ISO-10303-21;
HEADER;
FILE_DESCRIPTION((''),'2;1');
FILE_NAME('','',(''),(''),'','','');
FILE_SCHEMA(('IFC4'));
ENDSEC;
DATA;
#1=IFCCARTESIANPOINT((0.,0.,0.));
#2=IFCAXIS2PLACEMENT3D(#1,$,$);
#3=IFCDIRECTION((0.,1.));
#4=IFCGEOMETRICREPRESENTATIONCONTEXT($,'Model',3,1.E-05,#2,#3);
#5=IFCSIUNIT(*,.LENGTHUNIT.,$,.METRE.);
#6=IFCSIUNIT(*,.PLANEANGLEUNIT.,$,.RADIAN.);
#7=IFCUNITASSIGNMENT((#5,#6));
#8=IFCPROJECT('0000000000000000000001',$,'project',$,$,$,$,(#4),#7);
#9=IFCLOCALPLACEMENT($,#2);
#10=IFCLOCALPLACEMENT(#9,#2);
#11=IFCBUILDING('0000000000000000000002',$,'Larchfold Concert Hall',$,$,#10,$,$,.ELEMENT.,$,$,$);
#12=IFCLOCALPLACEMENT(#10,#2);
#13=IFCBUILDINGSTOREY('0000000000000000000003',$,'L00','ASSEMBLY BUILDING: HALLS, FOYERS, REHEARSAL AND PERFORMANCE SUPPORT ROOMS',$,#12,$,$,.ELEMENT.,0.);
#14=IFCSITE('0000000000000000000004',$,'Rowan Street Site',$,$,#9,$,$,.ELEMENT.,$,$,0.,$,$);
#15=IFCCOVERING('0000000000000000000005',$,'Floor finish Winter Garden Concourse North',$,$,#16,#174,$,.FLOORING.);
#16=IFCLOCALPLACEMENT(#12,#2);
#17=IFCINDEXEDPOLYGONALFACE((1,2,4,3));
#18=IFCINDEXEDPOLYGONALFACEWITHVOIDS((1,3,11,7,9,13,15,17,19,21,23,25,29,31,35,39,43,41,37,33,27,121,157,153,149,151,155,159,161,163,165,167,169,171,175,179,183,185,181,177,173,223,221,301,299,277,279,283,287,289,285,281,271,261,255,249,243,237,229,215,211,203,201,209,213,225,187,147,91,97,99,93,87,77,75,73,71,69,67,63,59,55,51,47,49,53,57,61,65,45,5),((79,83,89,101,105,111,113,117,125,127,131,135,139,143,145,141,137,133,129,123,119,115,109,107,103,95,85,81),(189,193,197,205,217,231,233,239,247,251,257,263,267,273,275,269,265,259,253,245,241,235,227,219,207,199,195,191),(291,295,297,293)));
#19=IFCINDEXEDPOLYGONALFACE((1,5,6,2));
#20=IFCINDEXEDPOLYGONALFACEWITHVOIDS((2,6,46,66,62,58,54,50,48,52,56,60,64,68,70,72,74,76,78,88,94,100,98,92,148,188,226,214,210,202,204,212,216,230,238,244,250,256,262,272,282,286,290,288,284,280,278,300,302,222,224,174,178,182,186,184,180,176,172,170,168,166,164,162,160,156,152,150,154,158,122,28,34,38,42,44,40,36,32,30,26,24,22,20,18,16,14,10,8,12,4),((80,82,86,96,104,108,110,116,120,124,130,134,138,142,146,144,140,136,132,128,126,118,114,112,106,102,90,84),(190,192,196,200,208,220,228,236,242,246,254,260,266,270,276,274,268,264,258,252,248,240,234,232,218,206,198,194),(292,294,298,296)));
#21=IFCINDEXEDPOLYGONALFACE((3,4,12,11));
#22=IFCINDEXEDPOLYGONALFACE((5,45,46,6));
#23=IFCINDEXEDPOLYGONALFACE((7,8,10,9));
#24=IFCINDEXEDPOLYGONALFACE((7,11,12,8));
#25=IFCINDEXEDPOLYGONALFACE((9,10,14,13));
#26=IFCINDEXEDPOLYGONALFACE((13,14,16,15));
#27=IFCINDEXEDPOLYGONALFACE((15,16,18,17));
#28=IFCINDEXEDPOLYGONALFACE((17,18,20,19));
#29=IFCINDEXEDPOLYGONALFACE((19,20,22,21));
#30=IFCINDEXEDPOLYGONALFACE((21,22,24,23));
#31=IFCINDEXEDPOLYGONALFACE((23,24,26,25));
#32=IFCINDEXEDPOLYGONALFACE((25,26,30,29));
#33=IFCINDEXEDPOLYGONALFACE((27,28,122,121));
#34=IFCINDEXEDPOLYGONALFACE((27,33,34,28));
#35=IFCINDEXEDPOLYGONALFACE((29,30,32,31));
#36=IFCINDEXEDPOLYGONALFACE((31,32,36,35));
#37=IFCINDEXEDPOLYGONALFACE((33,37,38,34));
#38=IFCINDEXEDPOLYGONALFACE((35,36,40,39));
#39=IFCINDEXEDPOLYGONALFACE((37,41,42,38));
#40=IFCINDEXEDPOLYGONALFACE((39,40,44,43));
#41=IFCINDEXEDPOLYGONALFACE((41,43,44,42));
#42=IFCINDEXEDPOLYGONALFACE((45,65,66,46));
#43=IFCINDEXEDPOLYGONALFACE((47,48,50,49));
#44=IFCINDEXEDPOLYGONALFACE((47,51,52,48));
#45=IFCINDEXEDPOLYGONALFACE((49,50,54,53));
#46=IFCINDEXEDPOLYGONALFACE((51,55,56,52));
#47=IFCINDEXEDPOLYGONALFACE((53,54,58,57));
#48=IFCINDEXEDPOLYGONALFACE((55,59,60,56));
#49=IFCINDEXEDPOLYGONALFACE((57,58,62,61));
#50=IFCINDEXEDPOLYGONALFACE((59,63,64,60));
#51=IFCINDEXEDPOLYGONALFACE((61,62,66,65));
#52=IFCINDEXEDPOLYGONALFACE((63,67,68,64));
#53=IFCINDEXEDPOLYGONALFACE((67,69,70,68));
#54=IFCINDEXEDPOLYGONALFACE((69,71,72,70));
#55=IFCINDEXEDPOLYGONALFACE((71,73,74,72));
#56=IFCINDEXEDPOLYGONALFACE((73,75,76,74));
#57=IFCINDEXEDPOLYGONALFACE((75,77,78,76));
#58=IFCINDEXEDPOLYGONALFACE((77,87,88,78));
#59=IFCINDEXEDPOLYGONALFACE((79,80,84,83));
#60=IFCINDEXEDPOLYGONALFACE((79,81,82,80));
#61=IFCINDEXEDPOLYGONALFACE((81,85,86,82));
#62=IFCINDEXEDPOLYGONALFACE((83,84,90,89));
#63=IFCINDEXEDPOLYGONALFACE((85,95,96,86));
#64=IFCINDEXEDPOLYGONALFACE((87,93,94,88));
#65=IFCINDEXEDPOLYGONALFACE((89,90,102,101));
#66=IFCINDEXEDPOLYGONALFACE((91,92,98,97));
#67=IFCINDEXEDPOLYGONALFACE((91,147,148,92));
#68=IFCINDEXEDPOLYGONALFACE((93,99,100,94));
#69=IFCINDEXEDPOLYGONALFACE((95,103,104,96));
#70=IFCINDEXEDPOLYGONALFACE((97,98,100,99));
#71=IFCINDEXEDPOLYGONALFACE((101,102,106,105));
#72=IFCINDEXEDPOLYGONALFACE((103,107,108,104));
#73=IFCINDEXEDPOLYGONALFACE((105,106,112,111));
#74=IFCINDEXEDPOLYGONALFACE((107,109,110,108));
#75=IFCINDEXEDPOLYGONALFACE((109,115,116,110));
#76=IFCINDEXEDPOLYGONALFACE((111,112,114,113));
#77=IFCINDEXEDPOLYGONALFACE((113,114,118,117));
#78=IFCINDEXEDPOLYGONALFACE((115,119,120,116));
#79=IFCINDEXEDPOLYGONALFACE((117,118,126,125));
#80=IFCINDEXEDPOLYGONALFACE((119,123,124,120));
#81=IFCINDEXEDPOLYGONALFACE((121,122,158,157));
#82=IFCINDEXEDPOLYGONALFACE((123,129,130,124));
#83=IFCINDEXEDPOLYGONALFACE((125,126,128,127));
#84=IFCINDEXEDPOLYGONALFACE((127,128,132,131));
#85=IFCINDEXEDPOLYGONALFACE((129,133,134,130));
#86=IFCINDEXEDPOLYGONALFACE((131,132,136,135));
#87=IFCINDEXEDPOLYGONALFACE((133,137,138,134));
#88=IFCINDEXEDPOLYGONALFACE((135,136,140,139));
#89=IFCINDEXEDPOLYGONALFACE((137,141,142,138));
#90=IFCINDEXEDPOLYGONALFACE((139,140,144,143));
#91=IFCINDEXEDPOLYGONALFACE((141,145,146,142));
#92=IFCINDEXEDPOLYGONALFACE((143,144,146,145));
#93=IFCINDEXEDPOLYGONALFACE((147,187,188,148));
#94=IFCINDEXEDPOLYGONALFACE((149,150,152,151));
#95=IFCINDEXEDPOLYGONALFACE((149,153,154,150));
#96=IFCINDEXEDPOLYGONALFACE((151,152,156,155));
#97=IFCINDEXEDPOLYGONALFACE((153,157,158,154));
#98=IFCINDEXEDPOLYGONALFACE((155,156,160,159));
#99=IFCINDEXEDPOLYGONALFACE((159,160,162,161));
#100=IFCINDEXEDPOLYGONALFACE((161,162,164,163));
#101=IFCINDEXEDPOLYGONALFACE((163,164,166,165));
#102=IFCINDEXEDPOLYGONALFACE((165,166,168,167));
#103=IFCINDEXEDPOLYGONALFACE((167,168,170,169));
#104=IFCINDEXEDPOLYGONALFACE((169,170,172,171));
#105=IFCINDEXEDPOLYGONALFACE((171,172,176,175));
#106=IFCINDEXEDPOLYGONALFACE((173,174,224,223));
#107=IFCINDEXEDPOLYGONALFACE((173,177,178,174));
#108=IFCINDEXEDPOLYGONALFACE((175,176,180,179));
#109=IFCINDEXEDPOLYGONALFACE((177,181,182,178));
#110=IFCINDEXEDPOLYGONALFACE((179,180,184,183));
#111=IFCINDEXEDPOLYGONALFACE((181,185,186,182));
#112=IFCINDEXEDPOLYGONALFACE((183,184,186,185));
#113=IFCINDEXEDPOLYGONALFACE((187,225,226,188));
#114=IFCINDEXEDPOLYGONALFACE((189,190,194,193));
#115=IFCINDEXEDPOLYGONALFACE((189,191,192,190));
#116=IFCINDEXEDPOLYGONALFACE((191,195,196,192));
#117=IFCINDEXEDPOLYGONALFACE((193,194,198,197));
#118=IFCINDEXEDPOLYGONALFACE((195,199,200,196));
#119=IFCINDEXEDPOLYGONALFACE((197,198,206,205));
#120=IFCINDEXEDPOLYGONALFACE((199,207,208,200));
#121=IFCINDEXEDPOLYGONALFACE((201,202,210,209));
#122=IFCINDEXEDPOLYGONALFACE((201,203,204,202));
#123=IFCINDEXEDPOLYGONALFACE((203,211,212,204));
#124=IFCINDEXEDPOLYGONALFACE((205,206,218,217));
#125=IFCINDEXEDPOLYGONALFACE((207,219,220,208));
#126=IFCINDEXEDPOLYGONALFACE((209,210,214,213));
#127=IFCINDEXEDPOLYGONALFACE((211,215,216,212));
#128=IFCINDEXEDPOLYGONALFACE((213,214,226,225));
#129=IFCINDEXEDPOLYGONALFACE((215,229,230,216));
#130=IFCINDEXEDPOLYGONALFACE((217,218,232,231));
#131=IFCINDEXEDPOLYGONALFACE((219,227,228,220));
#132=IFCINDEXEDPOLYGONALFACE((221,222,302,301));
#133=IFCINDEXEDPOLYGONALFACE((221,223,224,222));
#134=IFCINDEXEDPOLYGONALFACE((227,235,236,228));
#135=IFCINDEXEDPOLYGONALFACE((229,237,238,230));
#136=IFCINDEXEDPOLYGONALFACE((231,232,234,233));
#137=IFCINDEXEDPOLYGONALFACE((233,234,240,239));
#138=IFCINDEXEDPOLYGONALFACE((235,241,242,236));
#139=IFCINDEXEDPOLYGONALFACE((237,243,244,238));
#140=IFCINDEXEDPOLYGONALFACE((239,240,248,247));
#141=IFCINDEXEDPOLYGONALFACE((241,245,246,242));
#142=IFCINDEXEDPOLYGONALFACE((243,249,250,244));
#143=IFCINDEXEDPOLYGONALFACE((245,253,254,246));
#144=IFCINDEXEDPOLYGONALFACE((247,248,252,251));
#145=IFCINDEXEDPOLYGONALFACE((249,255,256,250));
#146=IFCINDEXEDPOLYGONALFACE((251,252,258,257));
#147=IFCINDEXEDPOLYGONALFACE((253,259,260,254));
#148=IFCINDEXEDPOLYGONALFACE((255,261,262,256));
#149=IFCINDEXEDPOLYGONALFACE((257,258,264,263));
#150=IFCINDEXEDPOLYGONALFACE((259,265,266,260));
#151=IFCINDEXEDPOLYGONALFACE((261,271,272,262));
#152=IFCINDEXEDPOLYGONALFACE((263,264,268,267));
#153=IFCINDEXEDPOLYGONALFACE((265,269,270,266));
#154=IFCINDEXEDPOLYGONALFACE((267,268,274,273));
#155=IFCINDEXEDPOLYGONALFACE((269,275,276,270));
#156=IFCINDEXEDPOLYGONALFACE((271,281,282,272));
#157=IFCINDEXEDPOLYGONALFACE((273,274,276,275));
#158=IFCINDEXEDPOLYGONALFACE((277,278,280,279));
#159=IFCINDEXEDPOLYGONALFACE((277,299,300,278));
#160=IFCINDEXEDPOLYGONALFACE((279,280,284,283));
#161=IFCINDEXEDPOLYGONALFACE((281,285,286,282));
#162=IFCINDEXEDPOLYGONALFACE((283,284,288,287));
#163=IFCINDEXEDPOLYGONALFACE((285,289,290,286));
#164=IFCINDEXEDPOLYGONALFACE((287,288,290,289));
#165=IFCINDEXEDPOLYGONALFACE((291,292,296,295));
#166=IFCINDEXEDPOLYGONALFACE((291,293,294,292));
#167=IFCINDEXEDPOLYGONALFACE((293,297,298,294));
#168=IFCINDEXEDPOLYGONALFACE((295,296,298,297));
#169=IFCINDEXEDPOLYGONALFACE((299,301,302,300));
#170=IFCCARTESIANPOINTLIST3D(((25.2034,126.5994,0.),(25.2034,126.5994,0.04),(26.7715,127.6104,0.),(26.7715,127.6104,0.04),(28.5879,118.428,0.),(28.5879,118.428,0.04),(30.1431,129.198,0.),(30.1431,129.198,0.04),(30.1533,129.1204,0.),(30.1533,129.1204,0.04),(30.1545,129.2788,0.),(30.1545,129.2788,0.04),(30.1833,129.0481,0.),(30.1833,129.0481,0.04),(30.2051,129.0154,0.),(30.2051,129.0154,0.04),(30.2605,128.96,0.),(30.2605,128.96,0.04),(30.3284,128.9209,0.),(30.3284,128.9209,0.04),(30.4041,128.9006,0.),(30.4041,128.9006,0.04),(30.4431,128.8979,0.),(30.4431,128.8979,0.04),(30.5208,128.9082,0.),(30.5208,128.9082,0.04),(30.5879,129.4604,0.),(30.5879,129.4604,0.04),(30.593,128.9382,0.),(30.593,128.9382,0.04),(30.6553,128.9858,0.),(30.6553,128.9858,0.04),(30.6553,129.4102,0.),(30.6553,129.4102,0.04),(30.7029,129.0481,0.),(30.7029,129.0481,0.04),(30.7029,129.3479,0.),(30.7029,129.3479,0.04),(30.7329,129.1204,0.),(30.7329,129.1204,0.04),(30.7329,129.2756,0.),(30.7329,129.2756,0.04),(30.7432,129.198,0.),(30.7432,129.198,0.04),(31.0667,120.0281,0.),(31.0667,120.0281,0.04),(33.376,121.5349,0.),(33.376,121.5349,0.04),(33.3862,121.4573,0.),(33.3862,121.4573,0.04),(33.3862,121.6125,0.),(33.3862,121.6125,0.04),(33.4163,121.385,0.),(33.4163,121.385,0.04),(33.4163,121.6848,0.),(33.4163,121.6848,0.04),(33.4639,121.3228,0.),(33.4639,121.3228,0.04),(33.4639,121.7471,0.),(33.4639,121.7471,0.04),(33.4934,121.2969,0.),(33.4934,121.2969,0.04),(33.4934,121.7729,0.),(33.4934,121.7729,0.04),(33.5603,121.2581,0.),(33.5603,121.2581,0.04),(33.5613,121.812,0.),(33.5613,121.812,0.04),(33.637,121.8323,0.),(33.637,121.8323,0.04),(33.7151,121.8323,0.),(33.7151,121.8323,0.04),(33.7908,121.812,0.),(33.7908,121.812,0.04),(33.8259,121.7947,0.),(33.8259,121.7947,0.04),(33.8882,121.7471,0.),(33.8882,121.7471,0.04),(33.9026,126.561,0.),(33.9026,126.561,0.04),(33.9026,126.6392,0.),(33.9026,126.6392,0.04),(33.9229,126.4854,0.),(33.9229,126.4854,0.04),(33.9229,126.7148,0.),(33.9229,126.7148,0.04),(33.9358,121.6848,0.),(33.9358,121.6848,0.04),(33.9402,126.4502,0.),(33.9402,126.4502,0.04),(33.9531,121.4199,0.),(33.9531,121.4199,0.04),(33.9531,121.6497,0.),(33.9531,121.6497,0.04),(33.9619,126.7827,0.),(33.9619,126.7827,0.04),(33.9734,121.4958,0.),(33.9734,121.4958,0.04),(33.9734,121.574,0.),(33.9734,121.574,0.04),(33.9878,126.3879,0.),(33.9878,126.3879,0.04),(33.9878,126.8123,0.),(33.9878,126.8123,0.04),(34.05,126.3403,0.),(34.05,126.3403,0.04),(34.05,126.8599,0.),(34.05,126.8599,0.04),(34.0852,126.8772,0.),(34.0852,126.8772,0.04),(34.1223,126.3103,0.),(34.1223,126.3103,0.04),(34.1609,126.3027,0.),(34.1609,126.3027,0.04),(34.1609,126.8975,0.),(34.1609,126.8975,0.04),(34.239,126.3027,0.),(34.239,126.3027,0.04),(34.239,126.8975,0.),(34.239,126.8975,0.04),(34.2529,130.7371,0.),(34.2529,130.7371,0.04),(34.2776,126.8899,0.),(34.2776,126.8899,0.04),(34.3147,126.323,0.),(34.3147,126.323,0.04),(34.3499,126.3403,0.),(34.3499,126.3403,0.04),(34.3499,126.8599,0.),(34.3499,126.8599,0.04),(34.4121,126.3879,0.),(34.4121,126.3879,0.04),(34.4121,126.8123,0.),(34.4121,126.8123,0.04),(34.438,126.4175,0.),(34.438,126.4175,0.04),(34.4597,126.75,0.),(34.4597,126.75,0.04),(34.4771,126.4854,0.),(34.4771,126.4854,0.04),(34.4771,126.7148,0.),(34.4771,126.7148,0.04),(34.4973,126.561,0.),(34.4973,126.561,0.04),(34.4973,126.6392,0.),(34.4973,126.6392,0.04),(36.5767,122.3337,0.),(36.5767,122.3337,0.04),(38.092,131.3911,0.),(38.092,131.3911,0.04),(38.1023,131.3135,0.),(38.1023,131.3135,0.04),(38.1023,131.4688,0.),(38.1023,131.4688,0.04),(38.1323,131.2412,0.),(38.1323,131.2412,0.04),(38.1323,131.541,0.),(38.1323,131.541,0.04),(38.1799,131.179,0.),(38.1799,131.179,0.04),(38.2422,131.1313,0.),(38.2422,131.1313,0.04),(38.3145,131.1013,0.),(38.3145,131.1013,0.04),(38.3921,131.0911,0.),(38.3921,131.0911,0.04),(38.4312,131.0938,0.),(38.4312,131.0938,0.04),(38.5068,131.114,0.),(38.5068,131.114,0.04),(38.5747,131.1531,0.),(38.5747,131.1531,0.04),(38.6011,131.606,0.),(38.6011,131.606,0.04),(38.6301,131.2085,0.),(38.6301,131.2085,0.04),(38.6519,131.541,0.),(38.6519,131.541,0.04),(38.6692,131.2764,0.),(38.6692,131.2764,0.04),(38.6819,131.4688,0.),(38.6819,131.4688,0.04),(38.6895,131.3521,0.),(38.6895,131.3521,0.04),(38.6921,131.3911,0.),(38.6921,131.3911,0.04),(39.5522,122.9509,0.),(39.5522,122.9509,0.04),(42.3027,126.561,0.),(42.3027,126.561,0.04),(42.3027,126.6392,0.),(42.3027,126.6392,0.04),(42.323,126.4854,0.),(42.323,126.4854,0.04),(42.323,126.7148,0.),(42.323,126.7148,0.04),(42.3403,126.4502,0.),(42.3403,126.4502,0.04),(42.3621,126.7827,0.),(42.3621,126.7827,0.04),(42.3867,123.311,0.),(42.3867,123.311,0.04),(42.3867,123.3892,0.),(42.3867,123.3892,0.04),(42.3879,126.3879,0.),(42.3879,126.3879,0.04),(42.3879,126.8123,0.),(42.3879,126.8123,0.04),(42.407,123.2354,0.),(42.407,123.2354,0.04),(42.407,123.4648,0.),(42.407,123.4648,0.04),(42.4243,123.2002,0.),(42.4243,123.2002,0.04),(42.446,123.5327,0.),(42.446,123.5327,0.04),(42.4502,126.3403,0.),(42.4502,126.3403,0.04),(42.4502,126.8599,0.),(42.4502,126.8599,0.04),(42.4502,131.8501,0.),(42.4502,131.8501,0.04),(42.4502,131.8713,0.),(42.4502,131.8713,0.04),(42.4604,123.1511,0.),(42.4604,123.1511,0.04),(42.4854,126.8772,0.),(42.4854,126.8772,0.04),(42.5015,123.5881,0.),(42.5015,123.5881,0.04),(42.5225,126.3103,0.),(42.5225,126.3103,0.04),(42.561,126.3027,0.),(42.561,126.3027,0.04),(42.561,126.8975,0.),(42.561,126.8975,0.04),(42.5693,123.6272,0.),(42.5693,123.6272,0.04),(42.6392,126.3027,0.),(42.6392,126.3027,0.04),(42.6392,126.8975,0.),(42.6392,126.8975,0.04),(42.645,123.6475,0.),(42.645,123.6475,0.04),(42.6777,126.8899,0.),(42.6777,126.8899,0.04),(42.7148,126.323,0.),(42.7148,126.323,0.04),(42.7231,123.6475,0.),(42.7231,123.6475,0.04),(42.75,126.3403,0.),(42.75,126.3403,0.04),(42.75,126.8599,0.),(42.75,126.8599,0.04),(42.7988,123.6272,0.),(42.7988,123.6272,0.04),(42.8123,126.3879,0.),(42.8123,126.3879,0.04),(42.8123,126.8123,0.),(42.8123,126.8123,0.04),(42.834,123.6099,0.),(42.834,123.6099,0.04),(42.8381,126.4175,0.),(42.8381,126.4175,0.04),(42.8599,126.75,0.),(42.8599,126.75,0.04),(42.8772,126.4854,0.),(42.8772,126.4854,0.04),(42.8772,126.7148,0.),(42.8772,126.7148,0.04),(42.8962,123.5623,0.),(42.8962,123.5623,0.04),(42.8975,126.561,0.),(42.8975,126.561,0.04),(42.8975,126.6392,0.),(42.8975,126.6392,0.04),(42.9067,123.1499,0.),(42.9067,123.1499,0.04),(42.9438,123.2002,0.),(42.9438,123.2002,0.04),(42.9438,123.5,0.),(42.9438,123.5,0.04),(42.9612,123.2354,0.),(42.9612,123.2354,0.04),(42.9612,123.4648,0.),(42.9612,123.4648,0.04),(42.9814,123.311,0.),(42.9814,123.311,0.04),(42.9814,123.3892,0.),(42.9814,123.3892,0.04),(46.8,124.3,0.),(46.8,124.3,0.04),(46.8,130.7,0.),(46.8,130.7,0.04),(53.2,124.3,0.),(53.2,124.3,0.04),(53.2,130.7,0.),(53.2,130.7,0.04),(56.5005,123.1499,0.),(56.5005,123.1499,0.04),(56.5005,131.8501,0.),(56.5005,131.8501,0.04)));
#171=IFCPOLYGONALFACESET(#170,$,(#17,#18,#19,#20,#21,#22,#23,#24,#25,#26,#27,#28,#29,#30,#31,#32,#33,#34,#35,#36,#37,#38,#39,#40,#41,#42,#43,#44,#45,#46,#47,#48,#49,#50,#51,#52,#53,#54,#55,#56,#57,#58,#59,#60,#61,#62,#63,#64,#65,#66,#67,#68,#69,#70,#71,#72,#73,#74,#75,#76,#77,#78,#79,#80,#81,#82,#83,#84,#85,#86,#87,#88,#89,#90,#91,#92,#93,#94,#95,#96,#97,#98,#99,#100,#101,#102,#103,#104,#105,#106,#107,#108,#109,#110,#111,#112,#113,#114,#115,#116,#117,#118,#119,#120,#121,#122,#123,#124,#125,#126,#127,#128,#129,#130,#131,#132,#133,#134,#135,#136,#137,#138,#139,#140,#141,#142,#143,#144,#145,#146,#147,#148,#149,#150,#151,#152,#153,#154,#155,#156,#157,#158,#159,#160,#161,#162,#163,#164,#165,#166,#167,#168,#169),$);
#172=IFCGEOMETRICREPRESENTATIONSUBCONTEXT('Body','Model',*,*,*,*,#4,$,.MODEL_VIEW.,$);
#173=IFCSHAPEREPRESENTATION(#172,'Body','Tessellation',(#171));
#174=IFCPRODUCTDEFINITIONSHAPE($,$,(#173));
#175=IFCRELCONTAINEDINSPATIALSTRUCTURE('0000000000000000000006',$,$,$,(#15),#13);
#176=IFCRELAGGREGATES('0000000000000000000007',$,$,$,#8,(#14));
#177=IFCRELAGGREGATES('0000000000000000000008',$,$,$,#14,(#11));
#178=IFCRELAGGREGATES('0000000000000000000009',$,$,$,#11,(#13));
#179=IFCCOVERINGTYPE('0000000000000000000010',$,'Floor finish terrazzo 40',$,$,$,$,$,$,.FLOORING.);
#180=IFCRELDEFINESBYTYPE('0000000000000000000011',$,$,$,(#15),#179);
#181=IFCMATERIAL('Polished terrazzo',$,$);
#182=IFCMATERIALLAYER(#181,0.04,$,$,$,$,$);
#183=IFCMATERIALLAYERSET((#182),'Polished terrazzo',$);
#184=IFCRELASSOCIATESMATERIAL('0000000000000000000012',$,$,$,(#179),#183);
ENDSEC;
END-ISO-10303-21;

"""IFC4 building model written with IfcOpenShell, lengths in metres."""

from ifc_helpers import new_model, si_unit, direction, origin, place, context, subcontext, project, spatial, polyline, outline, extrude, material, layer, layer_set, type_object, element, save


model = new_model("IFC4")

# Units and contexts
model_context = context("Model", 3, precision=1e-05, world=origin(), true_north=direction((0.0, 1.0)))
body_context = subcontext(model_context, "Body", "Model", "MODEL_VIEW")
ifc_project = project(units=[si_unit("LENGTHUNIT", "METRE"), si_unit("PLANEANGLEUNIT", "RADIAN")], contexts=[model_context])

# Site, building, storey
site_placement = place(None, origin())
site = spatial("IfcSite", under=ifc_project, at=site_placement, Name="Rowan Street Site", CompositionType="ELEMENT", RefElevation=0.0)
building_placement = place(site_placement, origin())
building = spatial("IfcBuilding", under=site, at=building_placement, Name="Larchfold Concert Hall", CompositionType="ELEMENT")
storey_placement = place(building_placement, origin())
storey = spatial("IfcBuildingStorey", under=building, at=storey_placement, Name="L00", Description="ASSEMBLY BUILDING: HALLS, FOYERS, REHEARSAL AND PERFORMANCE SUPPORT ROOMS", CompositionType="ELEMENT", Elevation=0.0)

# Covering
ifc_material_1 = material(Name="Polished terrazzo")
ifc_layer_1 = layer(ifc_material_1, 0.04)
ifc_layer_set_1 = layer_set([ifc_layer_1], Name="Polished terrazzo")
covering_type_1 = type_object("IfcCoveringType", Name="Floor finish terrazzo 40", PredefinedType="FLOORING", material=ifc_layer_set_1)
covering_1_placement = place(storey_placement, origin())
element("IfcCovering", 1, at=covering_1_placement, inside=storey, type_object=covering_type_1, Name="Floor finish Winter Garden Concourse North", PredefinedType="FLOORING", context=body_context, shape_type="SweptSolid", body=[
    extrude(outline(polyline([(38.1323, 131.541), (34.2529, 130.7371), (30.5879, 129.4604), (30.6553, 129.4102), (30.7029, 129.3479), (30.7329, 129.2756), (30.7432, 129.198), (30.7329, 129.1204), (30.7029, 129.0481), (30.6553, 128.9858), (30.593, 128.9382), (30.5208, 128.9082), (30.4431, 128.8979), (30.4041, 128.9006), (30.3284, 128.9209), (30.2605, 128.96), (30.2051, 129.0154), (30.1833, 129.0481), (30.1533, 129.1204), (30.1431, 129.198), (30.1545, 129.2788), (26.7715, 127.6104), (25.2034, 126.5994), (28.5879, 118.428), (31.0667, 120.0281), (33.5603, 121.2581), (33.4934, 121.2969), (33.4639, 121.3228), (33.4163, 121.385), (33.3862, 121.4573), (33.376, 121.5349), (33.3862, 121.6125), (33.4163, 121.6848), (33.4639, 121.7471), (33.4934, 121.7729), (33.5613, 121.812), (33.637, 121.8323), (33.7151, 121.8323), (33.7908, 121.812), (33.8259, 121.7947), (33.8882, 121.7471), (33.9358, 121.6848), (33.9531, 121.6497), (33.9734, 121.574), (33.9734, 121.4958), (33.9531, 121.4199), (36.5767, 122.3337), (39.5522, 122.9509), (42.4604, 123.1511), (42.4243, 123.2002), (42.407, 123.2354), (42.3867, 123.311), (42.3867, 123.3892), (42.407, 123.4648), (42.446, 123.5327), (42.5015, 123.5881), (42.5693, 123.6272), (42.645, 123.6475), (42.7231, 123.6475), (42.7988, 123.6272), (42.834, 123.6099), (42.8962, 123.5623), (42.9438, 123.5), (42.9612, 123.4648), (42.9814, 123.3892), (42.9814, 123.311), (42.9612, 123.2354), (42.9438, 123.2002), (42.9067, 123.1499), (56.5005, 123.1499), (56.5005, 131.8501), (42.4502, 131.8501), (42.4502, 131.8713), (38.6011, 131.606), (38.6519, 131.541), (38.6819, 131.4688), (38.6921, 131.3911), (38.6895, 131.3521), (38.6692, 131.2764), (38.6301, 131.2085), (38.5747, 131.1531), (38.5068, 131.114), (38.4312, 131.0938), (38.3921, 131.0911), (38.3145, 131.1013), (38.2422, 131.1313), (38.1799, 131.179), (38.1323, 131.2412), (38.1023, 131.3135), (38.092, 131.3911), (38.1023, 131.4688), (38.1323, 131.541)]), holes=[polyline([(46.8, 124.3), (46.8, 130.7), (53.2, 130.7), (53.2, 124.3), (46.8, 124.3)]), polyline([(42.3879, 126.3879), (42.3403, 126.4502), (42.323, 126.4854), (42.3027, 126.561), (42.3027, 126.6392), (42.323, 126.7148), (42.3621, 126.7827), (42.3879, 126.8123), (42.4502, 126.8599), (42.4854, 126.8772), (42.561, 126.8975), (42.6392, 126.8975), (42.6777, 126.8899), (42.75, 126.8599), (42.8123, 126.8123), (42.8599, 126.75), (42.8772, 126.7148), (42.8975, 126.6392), (42.8975, 126.561), (42.8772, 126.4854), (42.8381, 126.4175), (42.8123, 126.3879), (42.75, 126.3403), (42.7148, 126.323), (42.6392, 126.3027), (42.561, 126.3027), (42.5225, 126.3103), (42.4502, 126.3403), (42.3879, 126.3879)]), polyline([(33.9878, 126.3879), (33.9402, 126.4502), (33.9229, 126.4854), (33.9026, 126.561), (33.9026, 126.6392), (33.9229, 126.7148), (33.9619, 126.7827), (33.9878, 126.8123), (34.05, 126.8599), (34.0852, 126.8772), (34.1609, 126.8975), (34.239, 126.8975), (34.2776, 126.8899), (34.3499, 126.8599), (34.4121, 126.8123), (34.4597, 126.75), (34.4771, 126.7148), (34.4973, 126.6392), (34.4973, 126.561), (34.4771, 126.4854), (34.438, 126.4175), (34.4121, 126.3879), (34.3499, 126.3403), (34.3147, 126.323), (34.239, 126.3027), (34.1609, 126.3027), (34.1223, 126.3103), (34.05, 126.3403), (33.9878, 126.3879)])]), origin(), (0.0, 0.0, 1.0), 0.04),
])

save(model, "model.ifc")
